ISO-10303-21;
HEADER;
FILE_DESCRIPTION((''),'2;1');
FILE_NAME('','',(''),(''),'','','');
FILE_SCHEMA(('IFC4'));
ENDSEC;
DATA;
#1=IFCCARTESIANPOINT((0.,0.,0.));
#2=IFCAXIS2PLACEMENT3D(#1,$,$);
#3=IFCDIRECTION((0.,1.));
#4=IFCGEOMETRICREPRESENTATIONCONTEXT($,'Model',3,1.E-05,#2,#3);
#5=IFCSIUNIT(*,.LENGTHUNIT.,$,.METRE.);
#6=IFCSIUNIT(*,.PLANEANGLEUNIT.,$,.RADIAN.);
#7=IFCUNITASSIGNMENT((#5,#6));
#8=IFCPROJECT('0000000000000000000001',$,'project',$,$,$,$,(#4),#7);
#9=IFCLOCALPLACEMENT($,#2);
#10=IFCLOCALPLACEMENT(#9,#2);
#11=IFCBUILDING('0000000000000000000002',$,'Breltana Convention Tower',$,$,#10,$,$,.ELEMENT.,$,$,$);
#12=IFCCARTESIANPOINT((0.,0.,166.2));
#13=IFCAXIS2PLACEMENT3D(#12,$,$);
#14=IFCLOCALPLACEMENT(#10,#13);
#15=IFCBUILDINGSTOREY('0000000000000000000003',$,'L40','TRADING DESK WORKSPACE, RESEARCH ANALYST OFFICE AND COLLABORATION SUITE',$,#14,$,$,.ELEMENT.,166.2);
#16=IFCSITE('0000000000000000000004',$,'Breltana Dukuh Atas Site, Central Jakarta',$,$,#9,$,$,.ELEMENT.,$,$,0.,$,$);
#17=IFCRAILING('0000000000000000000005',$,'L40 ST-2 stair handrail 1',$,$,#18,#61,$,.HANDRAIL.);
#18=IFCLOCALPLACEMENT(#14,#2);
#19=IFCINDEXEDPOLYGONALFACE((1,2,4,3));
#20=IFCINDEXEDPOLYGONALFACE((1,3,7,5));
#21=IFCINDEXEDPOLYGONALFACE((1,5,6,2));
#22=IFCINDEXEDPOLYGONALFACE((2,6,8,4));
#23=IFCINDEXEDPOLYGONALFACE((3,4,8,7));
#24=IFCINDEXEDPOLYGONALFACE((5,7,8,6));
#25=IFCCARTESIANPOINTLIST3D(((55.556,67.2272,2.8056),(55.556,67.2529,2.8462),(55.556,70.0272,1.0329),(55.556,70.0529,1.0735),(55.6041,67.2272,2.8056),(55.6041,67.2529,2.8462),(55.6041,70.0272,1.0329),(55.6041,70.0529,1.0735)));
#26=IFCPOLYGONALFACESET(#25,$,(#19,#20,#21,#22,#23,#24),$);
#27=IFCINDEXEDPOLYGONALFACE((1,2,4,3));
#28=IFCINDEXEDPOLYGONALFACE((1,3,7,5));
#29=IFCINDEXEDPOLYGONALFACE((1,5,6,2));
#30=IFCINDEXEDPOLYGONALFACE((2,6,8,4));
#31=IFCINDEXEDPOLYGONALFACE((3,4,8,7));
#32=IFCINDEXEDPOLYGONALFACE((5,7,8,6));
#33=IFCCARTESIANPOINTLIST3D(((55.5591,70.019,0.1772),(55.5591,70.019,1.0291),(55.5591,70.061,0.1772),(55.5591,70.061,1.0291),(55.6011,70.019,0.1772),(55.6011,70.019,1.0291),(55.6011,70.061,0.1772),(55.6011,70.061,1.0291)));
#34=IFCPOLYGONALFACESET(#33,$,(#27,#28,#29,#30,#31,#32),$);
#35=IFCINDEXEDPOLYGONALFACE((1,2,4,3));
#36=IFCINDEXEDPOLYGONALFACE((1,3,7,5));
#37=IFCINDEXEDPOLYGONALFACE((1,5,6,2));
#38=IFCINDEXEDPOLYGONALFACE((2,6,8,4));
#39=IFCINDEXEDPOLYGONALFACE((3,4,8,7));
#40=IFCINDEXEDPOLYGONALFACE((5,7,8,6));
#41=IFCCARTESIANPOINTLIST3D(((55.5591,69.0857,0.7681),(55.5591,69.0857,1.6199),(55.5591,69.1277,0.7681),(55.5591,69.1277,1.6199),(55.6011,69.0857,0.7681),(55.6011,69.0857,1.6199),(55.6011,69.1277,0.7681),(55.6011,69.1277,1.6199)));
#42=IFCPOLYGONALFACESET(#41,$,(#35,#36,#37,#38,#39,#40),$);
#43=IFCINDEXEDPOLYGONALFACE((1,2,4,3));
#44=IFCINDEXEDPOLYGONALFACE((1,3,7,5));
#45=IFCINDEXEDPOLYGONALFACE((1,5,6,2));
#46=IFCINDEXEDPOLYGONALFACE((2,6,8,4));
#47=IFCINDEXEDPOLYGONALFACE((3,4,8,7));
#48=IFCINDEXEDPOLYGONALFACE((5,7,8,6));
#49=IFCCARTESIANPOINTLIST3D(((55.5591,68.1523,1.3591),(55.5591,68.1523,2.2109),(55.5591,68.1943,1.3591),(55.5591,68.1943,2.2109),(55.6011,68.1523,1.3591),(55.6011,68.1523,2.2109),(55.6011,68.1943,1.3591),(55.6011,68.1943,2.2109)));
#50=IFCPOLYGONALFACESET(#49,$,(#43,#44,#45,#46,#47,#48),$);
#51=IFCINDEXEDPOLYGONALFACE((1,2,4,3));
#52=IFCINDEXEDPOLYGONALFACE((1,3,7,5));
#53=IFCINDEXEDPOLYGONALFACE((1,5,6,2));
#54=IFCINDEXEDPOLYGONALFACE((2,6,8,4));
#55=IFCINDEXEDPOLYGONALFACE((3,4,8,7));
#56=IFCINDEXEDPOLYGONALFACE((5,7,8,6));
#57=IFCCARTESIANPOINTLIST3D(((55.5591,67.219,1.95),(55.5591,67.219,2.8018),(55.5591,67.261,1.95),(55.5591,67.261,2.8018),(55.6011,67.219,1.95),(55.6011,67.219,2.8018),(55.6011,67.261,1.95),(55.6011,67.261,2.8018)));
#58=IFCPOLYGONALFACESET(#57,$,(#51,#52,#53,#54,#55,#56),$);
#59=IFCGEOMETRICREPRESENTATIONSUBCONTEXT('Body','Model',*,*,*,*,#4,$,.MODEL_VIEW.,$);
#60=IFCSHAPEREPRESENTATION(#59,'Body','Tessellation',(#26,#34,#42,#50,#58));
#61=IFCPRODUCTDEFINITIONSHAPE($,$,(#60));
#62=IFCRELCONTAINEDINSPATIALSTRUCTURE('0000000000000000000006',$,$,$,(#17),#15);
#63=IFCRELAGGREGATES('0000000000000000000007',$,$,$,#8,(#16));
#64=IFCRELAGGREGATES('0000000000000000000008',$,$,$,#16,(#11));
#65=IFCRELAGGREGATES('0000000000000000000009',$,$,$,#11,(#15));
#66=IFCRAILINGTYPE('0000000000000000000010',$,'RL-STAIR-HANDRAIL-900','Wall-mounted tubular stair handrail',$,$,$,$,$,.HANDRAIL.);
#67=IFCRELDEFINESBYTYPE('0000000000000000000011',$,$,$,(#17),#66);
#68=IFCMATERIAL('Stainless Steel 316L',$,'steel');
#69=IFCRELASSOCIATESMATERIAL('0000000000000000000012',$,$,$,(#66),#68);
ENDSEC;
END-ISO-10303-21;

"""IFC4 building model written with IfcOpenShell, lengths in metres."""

from ifc_helpers import new_model, si_unit, direction, frame, origin, origin_2d, place, context, subcontext, project, spatial, rectangle, extrude, material, type_object, element, save


model = new_model("IFC4")

# Units and contexts
model_context = context("Model", 3, precision=1e-05, world=origin(), true_north=direction((0.0, 1.0)))
body_context = subcontext(model_context, "Body", "Model", "MODEL_VIEW")
ifc_project = project(units=[si_unit("LENGTHUNIT", "METRE"), si_unit("PLANEANGLEUNIT", "RADIAN")], contexts=[model_context])

# Site, building, storey
site_placement = place(None, origin())
site = spatial("IfcSite", under=ifc_project, at=site_placement, Name="Breltana Dukuh Atas Site, Central Jakarta", CompositionType="ELEMENT", RefElevation=0.0)
building_placement = place(site_placement, origin())
building = spatial("IfcBuilding", under=site, at=building_placement, Name="Breltana Convention Tower", CompositionType="ELEMENT")
storey_placement = place(building_placement, frame((0.0, 0.0, 166.2)))
storey = spatial("IfcBuildingStorey", under=building, at=storey_placement, Name="L40", Description="TRADING DESK WORKSPACE, RESEARCH ANALYST OFFICE AND COLLABORATION SUITE", CompositionType="ELEMENT", Elevation=166.2)

# Railing
ifc_material_1 = material(Name="Stainless Steel 316L", Category="steel")
railing_type_1 = type_object("IfcRailingType", Name="RL-STAIR-HANDRAIL-900", Description="Wall-mounted tubular stair handrail", PredefinedType="HANDRAIL", material=ifc_material_1)
railing_1_placement = place(storey_placement, frame((55.5801, 70.04, 0.1772)))
element("IfcRailing", 1, at=railing_1_placement, inside=storey, type_object=railing_type_1, Name="L40 ST-2 stair handrail 1", PredefinedType="HANDRAIL", context=body_context, shape_type="SweptSolid", body=[
    extrude(rectangle(XDim=0.0481, YDim=0.0481, at=origin_2d()), frame((0.0, 0.0, 0.876), z_axis=(0.0, -0.844909, 0.53491), x_axis=(1.0, 0.0, 0.0)), (0.0, 0.0, 1.0), 3.314),
    extrude(rectangle(XDim=0.042, YDim=0.042, at=origin_2d()), origin(), (0.0, 0.0, 1.0), 0.8518),
    extrude(rectangle(XDim=0.042, YDim=0.042, at=origin_2d()), frame((0.0, -0.9333, 0.5908)), (0.0, 0.0, 1.0), 0.8518),
    extrude(rectangle(XDim=0.042, YDim=0.042, at=origin_2d()), frame((0.0, -1.8667, 1.1819)), (0.0, 0.0, 1.0), 0.8518),
    extrude(rectangle(XDim=0.042, YDim=0.042, at=origin_2d()), frame((0.0, -2.8, 1.7727)), (0.0, 0.0, 1.0), 0.8518),
])

save(model, "model.ifc")
